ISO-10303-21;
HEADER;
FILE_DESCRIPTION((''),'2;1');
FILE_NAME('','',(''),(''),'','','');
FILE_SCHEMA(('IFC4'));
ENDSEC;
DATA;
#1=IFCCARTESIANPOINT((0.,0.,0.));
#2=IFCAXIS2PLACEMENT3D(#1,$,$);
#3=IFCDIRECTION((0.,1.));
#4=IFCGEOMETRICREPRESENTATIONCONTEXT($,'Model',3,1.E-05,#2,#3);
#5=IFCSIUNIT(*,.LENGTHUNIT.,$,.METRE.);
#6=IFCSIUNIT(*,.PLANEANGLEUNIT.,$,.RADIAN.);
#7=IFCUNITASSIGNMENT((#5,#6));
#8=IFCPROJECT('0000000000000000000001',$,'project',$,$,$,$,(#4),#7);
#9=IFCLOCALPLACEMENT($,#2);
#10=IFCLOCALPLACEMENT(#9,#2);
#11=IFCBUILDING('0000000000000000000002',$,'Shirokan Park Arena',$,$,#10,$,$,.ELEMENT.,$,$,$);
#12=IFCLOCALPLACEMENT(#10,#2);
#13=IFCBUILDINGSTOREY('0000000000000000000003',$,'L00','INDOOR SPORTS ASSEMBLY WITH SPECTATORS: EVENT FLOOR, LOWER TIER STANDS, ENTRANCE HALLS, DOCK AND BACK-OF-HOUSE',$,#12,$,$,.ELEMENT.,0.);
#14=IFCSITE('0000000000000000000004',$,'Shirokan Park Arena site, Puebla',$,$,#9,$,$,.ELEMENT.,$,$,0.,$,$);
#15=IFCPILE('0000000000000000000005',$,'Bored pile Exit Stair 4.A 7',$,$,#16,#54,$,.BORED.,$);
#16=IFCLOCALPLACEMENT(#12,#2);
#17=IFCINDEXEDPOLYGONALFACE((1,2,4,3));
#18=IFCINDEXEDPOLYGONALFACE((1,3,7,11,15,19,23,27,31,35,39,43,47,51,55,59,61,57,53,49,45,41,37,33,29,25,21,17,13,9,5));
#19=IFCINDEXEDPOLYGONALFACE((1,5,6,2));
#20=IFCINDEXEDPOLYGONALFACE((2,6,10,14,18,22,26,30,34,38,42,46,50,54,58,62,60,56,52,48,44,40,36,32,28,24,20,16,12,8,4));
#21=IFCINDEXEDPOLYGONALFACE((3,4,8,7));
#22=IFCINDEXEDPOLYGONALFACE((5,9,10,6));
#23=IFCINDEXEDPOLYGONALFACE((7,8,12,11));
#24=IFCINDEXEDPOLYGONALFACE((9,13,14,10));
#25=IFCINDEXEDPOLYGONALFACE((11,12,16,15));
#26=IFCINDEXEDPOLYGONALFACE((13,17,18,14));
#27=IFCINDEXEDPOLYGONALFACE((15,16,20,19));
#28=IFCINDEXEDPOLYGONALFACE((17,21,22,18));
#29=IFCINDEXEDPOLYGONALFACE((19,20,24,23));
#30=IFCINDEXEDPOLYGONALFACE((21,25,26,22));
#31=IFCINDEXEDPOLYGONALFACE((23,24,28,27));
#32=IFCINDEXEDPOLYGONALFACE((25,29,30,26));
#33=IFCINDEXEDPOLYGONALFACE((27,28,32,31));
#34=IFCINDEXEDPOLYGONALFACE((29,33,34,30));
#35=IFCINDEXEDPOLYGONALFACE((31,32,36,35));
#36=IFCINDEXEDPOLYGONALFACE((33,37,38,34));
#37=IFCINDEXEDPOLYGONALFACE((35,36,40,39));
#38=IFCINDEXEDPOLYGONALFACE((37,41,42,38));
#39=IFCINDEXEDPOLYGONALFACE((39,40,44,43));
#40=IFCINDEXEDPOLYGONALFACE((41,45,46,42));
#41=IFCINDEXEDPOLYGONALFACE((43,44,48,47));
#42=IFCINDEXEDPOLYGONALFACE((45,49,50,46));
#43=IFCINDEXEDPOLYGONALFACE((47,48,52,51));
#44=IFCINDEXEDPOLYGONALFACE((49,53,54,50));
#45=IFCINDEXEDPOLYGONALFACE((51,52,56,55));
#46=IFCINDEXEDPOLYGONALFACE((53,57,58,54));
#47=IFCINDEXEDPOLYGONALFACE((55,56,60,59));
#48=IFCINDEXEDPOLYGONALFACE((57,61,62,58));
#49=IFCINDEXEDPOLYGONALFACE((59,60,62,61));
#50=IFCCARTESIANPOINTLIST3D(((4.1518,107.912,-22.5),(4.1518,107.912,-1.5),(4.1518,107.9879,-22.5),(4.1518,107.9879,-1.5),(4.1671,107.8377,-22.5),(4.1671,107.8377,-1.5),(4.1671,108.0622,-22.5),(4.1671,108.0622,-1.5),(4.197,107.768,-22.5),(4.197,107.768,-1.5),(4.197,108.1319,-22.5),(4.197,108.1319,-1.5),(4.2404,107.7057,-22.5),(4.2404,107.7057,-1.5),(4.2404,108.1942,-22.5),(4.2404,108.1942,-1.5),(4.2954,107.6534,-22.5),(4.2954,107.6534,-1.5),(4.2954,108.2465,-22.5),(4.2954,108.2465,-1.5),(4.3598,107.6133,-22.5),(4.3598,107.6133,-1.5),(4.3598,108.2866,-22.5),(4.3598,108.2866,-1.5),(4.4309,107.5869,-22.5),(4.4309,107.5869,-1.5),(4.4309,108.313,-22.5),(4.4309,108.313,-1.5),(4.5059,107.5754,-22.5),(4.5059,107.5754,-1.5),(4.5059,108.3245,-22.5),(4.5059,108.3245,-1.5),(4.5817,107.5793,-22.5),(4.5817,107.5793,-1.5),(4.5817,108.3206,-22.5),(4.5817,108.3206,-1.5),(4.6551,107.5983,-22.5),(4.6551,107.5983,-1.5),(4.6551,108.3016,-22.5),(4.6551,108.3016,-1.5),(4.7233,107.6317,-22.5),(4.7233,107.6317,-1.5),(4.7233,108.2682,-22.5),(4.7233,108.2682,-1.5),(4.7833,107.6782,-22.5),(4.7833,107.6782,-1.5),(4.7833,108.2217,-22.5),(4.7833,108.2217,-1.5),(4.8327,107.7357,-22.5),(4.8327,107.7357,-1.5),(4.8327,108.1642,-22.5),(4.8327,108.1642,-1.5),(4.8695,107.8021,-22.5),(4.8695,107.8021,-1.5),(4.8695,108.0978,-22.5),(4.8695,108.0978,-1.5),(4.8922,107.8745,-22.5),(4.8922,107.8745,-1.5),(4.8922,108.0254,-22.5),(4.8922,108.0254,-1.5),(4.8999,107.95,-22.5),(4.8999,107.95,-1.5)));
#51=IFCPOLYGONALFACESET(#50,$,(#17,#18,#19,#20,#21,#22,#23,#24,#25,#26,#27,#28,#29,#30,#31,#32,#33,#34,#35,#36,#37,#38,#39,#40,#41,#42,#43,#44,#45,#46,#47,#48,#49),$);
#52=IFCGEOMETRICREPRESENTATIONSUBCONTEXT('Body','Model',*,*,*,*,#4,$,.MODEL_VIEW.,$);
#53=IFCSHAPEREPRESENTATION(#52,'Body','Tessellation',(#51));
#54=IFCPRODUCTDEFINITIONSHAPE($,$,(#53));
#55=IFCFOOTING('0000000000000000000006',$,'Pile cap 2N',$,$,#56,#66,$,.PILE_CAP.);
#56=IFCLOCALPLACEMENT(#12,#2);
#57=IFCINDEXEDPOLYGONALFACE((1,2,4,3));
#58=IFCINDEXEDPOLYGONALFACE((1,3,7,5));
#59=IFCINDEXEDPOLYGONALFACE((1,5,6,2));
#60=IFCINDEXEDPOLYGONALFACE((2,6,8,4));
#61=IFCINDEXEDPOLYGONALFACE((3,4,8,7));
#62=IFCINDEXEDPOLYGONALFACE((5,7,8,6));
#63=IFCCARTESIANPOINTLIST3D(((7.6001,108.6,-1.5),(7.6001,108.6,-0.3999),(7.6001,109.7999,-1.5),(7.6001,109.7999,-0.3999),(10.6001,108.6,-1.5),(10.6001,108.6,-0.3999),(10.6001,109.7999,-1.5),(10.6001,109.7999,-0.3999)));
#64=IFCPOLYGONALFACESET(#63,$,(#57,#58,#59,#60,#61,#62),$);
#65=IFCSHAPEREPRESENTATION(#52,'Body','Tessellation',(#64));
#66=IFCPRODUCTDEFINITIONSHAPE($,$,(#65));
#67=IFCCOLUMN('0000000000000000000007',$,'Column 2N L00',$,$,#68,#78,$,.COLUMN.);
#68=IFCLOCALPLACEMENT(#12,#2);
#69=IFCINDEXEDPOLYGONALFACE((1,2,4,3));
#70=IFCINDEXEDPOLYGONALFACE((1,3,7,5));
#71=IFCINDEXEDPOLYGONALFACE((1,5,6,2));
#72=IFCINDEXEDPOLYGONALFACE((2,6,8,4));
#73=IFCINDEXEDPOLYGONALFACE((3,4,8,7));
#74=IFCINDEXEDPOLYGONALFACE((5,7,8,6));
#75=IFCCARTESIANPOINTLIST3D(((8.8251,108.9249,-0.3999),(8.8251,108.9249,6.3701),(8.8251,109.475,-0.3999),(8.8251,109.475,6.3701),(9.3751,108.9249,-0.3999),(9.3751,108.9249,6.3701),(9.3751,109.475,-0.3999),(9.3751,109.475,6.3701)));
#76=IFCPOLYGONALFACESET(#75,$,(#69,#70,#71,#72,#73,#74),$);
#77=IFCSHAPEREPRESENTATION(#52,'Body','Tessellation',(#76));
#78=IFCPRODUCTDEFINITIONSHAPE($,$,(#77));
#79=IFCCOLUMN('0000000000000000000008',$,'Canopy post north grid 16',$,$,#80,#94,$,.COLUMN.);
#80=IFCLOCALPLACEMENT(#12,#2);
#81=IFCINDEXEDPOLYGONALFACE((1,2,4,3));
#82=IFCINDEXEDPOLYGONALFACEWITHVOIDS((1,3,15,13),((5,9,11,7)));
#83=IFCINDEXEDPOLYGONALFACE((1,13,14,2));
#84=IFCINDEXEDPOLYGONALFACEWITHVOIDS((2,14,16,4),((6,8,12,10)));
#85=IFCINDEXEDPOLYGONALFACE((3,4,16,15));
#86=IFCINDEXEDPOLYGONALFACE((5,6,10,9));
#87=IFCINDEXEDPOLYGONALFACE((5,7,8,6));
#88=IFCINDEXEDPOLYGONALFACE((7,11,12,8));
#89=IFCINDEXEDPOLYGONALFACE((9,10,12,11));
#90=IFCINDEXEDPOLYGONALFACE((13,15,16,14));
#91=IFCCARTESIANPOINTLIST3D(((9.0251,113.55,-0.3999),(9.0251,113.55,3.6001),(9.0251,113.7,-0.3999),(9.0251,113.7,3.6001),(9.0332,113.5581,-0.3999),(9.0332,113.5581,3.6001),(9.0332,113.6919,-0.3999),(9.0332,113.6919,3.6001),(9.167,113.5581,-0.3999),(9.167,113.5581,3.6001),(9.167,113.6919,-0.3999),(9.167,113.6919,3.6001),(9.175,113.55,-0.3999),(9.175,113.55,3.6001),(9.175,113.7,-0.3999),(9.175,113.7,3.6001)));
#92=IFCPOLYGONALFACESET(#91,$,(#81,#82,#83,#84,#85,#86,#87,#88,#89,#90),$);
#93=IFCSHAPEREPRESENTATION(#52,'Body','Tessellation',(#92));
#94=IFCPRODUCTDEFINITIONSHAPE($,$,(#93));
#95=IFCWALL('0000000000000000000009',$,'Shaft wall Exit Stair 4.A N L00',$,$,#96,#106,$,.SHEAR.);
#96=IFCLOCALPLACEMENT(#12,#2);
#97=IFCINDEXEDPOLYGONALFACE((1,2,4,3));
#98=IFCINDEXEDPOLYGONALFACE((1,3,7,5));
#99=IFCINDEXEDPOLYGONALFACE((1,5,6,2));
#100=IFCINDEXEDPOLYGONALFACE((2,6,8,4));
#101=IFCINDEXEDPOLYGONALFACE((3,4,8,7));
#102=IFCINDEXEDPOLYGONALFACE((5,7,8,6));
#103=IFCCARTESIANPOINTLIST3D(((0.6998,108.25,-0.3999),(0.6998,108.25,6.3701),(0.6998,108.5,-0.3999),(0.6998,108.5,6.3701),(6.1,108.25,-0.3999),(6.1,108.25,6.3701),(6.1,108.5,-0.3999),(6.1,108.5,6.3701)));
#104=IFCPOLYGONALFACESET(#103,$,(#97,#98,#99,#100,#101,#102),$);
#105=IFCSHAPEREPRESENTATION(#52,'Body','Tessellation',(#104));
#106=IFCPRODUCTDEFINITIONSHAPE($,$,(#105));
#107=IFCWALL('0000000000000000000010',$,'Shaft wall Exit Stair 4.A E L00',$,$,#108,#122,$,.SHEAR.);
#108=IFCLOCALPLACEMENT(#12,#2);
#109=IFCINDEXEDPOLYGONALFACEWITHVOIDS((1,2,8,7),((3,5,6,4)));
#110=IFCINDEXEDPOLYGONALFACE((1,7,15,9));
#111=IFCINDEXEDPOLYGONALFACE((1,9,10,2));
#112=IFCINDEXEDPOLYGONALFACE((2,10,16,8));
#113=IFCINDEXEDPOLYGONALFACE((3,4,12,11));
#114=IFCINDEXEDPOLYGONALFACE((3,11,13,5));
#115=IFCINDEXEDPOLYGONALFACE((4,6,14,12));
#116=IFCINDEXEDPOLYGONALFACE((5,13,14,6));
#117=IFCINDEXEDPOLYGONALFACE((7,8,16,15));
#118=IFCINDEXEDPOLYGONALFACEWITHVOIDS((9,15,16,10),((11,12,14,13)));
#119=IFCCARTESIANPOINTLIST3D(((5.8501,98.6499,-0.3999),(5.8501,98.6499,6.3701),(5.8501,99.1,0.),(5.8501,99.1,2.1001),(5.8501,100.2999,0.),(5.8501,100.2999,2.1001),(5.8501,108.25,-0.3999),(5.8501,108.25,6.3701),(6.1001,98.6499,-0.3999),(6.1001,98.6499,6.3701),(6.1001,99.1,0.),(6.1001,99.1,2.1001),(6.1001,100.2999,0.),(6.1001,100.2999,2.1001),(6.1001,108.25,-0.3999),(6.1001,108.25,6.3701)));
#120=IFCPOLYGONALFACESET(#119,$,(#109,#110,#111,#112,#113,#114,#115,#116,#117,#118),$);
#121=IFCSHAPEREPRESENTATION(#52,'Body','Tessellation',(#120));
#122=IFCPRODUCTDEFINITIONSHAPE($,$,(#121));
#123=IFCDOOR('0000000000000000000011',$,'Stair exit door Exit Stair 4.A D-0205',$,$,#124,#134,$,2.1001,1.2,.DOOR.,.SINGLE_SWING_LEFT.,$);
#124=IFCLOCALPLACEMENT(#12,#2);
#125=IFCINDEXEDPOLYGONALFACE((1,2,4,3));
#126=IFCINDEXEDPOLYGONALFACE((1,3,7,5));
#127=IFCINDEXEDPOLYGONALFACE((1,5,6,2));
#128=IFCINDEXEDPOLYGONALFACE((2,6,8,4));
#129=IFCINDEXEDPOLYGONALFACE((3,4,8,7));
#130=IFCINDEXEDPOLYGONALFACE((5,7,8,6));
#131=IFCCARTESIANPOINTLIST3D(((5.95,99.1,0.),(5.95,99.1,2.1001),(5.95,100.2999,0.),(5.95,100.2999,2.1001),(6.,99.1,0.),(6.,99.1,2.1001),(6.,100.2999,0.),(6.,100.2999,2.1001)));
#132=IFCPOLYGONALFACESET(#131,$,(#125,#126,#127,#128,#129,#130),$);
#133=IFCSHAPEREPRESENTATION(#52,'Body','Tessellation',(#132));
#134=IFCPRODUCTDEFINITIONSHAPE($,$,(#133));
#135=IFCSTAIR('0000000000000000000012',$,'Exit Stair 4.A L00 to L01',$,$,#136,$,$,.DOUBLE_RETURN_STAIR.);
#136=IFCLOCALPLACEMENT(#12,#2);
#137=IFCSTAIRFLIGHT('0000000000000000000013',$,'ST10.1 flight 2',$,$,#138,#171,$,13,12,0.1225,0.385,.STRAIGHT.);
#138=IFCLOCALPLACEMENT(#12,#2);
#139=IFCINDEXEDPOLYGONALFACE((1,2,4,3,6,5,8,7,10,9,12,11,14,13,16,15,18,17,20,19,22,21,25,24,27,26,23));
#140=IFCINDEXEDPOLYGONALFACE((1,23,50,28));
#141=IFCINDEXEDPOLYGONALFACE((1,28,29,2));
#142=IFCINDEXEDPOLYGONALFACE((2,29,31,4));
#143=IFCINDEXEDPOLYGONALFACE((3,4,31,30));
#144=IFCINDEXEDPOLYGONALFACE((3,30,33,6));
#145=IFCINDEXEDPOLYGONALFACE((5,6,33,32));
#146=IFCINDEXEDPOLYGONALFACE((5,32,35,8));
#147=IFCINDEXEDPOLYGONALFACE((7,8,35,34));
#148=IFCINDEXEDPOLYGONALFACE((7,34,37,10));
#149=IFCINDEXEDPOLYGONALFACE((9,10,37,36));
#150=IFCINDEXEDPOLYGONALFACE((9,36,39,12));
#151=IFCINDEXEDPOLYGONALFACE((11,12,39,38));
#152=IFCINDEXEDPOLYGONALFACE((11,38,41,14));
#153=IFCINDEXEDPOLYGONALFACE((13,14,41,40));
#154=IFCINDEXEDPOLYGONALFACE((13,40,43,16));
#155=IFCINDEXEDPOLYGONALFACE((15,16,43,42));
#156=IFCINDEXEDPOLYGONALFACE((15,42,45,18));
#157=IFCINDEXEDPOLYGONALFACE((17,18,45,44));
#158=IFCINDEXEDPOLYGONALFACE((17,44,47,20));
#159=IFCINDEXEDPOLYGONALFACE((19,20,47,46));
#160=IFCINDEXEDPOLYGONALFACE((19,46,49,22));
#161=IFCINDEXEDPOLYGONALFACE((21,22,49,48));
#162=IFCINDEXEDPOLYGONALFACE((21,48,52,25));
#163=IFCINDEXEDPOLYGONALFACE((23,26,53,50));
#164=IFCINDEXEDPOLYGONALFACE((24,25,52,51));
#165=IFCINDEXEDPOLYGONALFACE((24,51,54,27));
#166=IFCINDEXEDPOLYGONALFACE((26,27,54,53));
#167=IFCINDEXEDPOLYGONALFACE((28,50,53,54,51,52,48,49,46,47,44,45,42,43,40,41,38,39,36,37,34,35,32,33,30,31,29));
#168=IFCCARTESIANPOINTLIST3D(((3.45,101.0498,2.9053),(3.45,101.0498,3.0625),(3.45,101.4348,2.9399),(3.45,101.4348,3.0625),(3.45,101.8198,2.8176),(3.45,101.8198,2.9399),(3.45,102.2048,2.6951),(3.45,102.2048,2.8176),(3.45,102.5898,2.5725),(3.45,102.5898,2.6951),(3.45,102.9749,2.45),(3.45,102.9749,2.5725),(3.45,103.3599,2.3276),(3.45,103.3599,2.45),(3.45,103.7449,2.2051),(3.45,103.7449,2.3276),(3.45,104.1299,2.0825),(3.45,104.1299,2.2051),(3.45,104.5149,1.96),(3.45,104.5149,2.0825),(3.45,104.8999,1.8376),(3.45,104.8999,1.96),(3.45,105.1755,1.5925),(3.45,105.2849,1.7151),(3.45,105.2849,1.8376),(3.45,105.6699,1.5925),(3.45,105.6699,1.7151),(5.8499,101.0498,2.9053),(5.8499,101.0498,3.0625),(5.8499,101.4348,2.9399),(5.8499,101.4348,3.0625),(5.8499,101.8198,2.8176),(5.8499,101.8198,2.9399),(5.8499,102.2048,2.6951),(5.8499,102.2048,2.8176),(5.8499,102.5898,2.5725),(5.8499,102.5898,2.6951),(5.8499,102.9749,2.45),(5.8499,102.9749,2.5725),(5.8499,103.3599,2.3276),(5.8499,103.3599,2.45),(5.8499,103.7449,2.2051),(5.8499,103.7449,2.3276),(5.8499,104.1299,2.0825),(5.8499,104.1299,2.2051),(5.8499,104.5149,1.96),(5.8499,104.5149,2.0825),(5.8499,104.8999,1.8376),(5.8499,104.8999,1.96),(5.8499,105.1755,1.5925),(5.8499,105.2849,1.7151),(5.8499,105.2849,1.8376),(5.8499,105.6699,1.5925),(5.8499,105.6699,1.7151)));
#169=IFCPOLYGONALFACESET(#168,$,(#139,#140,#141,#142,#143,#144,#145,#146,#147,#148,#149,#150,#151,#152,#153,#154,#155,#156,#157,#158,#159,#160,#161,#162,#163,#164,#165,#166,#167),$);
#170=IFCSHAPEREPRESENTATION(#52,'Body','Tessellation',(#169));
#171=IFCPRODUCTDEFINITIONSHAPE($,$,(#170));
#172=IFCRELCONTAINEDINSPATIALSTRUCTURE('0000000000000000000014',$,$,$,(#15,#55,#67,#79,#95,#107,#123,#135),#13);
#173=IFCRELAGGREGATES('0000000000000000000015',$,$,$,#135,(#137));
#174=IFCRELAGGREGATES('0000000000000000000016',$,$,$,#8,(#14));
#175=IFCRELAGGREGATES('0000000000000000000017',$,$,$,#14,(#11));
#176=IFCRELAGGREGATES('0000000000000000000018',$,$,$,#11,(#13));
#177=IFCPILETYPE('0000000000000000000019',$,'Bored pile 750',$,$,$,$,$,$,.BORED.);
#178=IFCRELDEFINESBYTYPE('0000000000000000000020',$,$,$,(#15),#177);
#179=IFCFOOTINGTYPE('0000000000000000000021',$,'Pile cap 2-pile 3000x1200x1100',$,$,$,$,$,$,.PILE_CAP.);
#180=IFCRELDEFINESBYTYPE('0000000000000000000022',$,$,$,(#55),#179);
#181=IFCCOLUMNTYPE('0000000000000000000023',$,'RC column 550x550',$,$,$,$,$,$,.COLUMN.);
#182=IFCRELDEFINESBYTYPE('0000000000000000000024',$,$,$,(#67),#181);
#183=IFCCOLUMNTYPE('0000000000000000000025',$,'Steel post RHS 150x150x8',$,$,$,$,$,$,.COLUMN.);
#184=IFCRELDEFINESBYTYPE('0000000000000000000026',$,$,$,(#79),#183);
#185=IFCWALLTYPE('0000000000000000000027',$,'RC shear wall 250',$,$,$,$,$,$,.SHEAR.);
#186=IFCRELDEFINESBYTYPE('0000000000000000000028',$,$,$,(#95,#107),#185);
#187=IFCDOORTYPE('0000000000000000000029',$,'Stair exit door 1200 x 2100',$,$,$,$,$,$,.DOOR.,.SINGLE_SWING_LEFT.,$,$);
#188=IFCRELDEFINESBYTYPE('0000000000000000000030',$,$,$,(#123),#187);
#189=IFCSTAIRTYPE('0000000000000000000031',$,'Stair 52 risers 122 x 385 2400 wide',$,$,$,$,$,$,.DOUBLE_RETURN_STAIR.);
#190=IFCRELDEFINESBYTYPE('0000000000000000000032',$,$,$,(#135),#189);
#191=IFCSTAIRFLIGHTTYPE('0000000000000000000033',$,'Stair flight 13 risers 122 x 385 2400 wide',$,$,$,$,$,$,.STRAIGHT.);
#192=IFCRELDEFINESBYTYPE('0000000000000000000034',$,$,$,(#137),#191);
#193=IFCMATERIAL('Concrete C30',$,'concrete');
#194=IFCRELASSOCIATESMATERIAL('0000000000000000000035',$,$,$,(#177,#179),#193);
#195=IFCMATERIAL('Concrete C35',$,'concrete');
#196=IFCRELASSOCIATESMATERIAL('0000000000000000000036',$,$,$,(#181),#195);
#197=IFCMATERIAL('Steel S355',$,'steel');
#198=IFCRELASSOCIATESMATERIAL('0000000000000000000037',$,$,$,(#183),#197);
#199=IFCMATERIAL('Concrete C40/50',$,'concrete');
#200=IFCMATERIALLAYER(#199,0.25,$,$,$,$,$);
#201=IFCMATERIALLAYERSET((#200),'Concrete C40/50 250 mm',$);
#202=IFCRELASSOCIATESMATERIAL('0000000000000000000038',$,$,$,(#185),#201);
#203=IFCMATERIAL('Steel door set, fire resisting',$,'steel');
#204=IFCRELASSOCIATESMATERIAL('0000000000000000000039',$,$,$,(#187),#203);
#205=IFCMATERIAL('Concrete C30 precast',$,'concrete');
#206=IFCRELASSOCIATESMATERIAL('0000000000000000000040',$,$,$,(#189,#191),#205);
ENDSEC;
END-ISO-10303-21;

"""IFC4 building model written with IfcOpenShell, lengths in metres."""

from ifc_helpers import new_model, si_unit, direction, frame, frame_2d, origin, origin_2d, place, context, subcontext, project, spatial, polyline, rectangle, hollow_rectangle, circle, outline, extrude, material, layer, layer_set, material_profile, profile_set, type_object, element, fill, aggregate, save


model = new_model("IFC4")

# Units and contexts
model_context = context("Model", 3, precision=1e-05, world=origin(), true_north=direction((0.0, 1.0)))
body_context = subcontext(model_context, "Body", "Model", "MODEL_VIEW")
ifc_project = project(units=[si_unit("LENGTHUNIT", "METRE"), si_unit("PLANEANGLEUNIT", "RADIAN")], contexts=[model_context])

# Site, building, storey
site_placement = place(None, origin())
site = spatial("IfcSite", under=ifc_project, at=site_placement, Name="Shirokan Park Arena site, Puebla", CompositionType="ELEMENT", RefElevation=0.0)
building_placement = place(site_placement, origin())
building = spatial("IfcBuilding", under=site, at=building_placement, Name="Shirokan Park Arena", CompositionType="ELEMENT")
storey_placement = place(building_placement, origin())
storey = spatial("IfcBuildingStorey", under=building, at=storey_placement, Name="L00", Description="INDOOR SPORTS ASSEMBLY WITH SPECTATORS: EVENT FLOOR, LOWER TIER STANDS, ENTRANCE HALLS, DOCK AND BACK-OF-HOUSE", CompositionType="ELEMENT", Elevation=0.0)

# Pile
ifc_material_1 = material(Name="Concrete C30", Category="concrete")
ifc_material_profile_1 = material_profile(ifc_material_1, circle(Radius=0.375, at=origin_2d()), Name="D750")
ifc_profile_set_1 = profile_set([ifc_material_profile_1], Name="Concrete C30")
pile_type_1 = type_object("IfcPileType", Name="Bored pile 750", PredefinedType="BORED", material=ifc_profile_set_1)
for number, where, z_axis, x_axis, name in (
    (1, (4.5249, 107.95, -1.5), (0.0, 0.0, -1.0), (1.0, 0.0, 0.0), "Bored pile Exit Stair 4.A 7"),
):
    element("IfcPile", number, at=place(storey_placement, frame(where, z_axis=z_axis, x_axis=x_axis)), inside=storey, type_object=pile_type_1, Name=name, PredefinedType="BORED", context=body_context, shape_type="SweptSolid", body=[
        extrude(circle(Radius=0.375, at=origin_2d()), origin(), (0.0, 0.0, 1.0), 21.0),
    ])

# Footing
footing_type = type_object("IfcFootingType", Name="Pile cap 2-pile 3000x1200x1100", PredefinedType="PILE_CAP", material=ifc_material_1)
footing_placement = place(storey_placement, frame((9.1001, 109.2, -1.5), z_axis=(0.0, 0.0, 1.0), x_axis=(1.0, 0.0, 0.0)))
element("IfcFooting", 2, at=footing_placement, inside=storey, type_object=footing_type, Name="Pile cap 2N", PredefinedType="PILE_CAP", context=body_context, shape_type="SweptSolid", body=[
    extrude(rectangle(XDim=3.0, YDim=1.2, at=origin_2d()), origin(), (0.0, 0.0, 1.0), 1.1001),
])

# Columns
ifc_material_2 = material(Name="Concrete C35", Category="concrete")
ifc_material_profile_2 = material_profile(ifc_material_2, rectangle(XDim=0.55, YDim=0.55, at=origin_2d()), Name="550x550")
ifc_profile_set_2 = profile_set([ifc_material_profile_2], Name="Concrete C35")
column_type_1 = type_object("IfcColumnType", Name="RC column 550x550", PredefinedType="COLUMN", material=ifc_profile_set_2)
column_1_placement = place(storey_placement, frame((9.1001, 109.2, -0.3999), z_axis=(0.0, 0.0, 1.0), x_axis=(1.0, 0.0, 0.0)))
element("IfcColumn", 3, at=column_1_placement, inside=storey, type_object=column_type_1, Name="Column 2N L00", PredefinedType="COLUMN", context=body_context, shape_type="SweptSolid", body=[
    extrude(rectangle(XDim=0.55, YDim=0.55, at=origin_2d()), origin(), (0.0, 0.0, 1.0), 6.77),
])
ifc_material_3 = material(Name="Steel S355", Category="steel")
ifc_material_profile_3 = material_profile(ifc_material_3, hollow_rectangle(XDim=0.1499, YDim=0.1499, WallThickness=0.0081, at=origin_2d()), Name="RHS 150x150x8")
ifc_profile_set_3 = profile_set([ifc_material_profile_3], Name="Steel S355")
column_type_2 = type_object("IfcColumnType", Name="Steel post RHS 150x150x8", PredefinedType="COLUMN", material=ifc_profile_set_3)
column_2_placement = place(storey_placement, frame((9.1001, 113.625, -0.3999), z_axis=(0.0, 0.0, 1.0), x_axis=(1.0, 0.0, 0.0)))
element("IfcColumn", 4, at=column_2_placement, inside=storey, type_object=column_type_2, Name="Canopy post north grid 16", PredefinedType="COLUMN", context=body_context, shape_type="SweptSolid", body=[
    extrude(hollow_rectangle(XDim=0.1499, YDim=0.1499, WallThickness=0.0081, at=origin_2d()), origin(), (0.0, 0.0, 1.0), 4.0),
])

# Wall
ifc_material_4 = material(Name="Concrete C40/50", Category="concrete")
ifc_layer_1 = layer(ifc_material_4, 0.25)
ifc_layer_set_1 = layer_set([ifc_layer_1], Name="Concrete C40/50 250 mm")
wall_type_1 = type_object("IfcWallType", Name="RC shear wall 250", PredefinedType="SHEAR", material=ifc_layer_set_1)
wall_1_placement = place(storey_placement, frame((6.1001, 108.375, -0.3999), z_axis=(0.0, 0.0, 1.0), x_axis=(-1.0, 0.0, 0.0)))
element("IfcWall", 5, at=wall_1_placement, inside=storey, type_object=wall_type_1, Name="Shaft wall Exit Stair 4.A N L00", PredefinedType="SHEAR", context=body_context, shape_type="SweptSolid", body=[
    extrude(rectangle(XDim=5.4001, YDim=0.25, at=frame_2d((2.7002, 0.0))), origin(), (0.0, 0.0, 1.0), 6.77),
])

# Wall, opening, door
wall_2_placement = place(storey_placement, frame((5.9751, 108.25, -0.3999), z_axis=(0.0, 0.0, 1.0), x_axis=(0.0, -1.0, 0.0)))
wall_2 = element("IfcWall", 6, at=wall_2_placement, inside=storey, type_object=wall_type_1, Name="Shaft wall Exit Stair 4.A E L00", PredefinedType="SHEAR", context=body_context, shape_type="SweptSolid", body=[
    extrude(rectangle(XDim=9.6001, YDim=0.25, at=frame_2d((4.8, 0.0))), origin(), (0.0, 0.0, 1.0), 6.77),
])
opening_1_placement = place(wall_2_placement, frame((7.95, 0.0, 0.3999)))
opening_1 = element("IfcOpeningElement", 7, at=opening_1_placement, cuts=wall_2, PredefinedType="OPENING", context=body_context, shape_type="SweptSolid", body=[
    extrude(rectangle(XDim=1.2, YDim=2.1001, at=frame_2d((0.6001, 1.05))), frame((0.0, 0.135, 0.0), z_axis=(0.0, -1.0, 0.0), x_axis=(1.0, 0.0, 0.0)), (0.0, 0.0, 1.0), 0.27),
])
ifc_material_5 = material(Name="Steel door set, fire resisting", Category="steel")
door_type_1 = type_object("IfcDoorType", Name="Stair exit door 1200 x 2100", OperationType="SINGLE_SWING_LEFT", PredefinedType="DOOR", material=ifc_material_5)
door_1_placement = place(opening_1_placement, origin())
door_1 = element("IfcDoor", 8, at=door_1_placement, inside=storey, type_object=door_type_1, Name="Stair exit door Exit Stair 4.A D-0205", OperationType="SINGLE_SWING_LEFT", OverallHeight=2.1001, OverallWidth=1.2, PredefinedType="DOOR", context=body_context, shape_type="SweptSolid", body=[
    extrude(rectangle(XDim=1.2, YDim=2.1001, at=frame_2d((0.6001, 1.05))), frame((0.0, 0.0249, 0.0), z_axis=(0.0, -1.0, 0.0), x_axis=(1.0, 0.0, 0.0)), (0.0, 0.0, 1.0), 0.05),
])
fill(opening_1, door_1)

# Stair, stair flight
ifc_material_6 = material(Name="Concrete C30 precast", Category="concrete")
stair_type = type_object("IfcStairType", Name="Stair 52 risers 122 x 385 2400 wide", PredefinedType="DOUBLE_RETURN_STAIR", material=ifc_material_6)
stair_placement = place(storey_placement, origin())
stair = element("IfcStair", 9, at=stair_placement, inside=storey, type_object=stair_type, Name="Exit Stair 4.A L00 to L01", PredefinedType="DOUBLE_RETURN_STAIR")
stair_flight_type = type_object("IfcStairFlightType", Name="Stair flight 13 risers 122 x 385 2400 wide", PredefinedType="STRAIGHT", material=ifc_material_6)
stair_flight_1_placement = place(storey_placement, frame((4.6499, 105.6699, 1.5925), z_axis=(0.0, 0.0, 1.0), x_axis=(0.0, -1.0, 0.0)))
stair_flight_1 = element("IfcStairFlight", 10, at=stair_flight_1_placement, type_object=stair_flight_type, Name="ST10.1 flight 2", NumberOfRisers=13, NumberOfTreads=12, PredefinedType="STRAIGHT", RiserHeight=0.1225, TreadLength=0.385, context=body_context, shape_type="SweptSolid", body=[
    extrude(outline(polyline([(0.0, 0.0), (0.0, 0.1226), (0.385, 0.1226), (0.385, 0.2451), (0.77, 0.2451), (0.77, 0.3674), (1.155, 0.3674), (1.155, 0.49), (1.54, 0.49), (1.54, 0.6125), (1.925, 0.6125), (1.925, 0.7351), (2.3101, 0.7351), (2.3101, 0.8574), (2.6951, 0.8574), (2.6951, 0.98), (3.0801, 0.98), (3.0801, 1.1025), (3.4651, 1.1025), (3.4651, 1.2251), (3.8501, 1.2251), (3.8501, 1.3474), (4.2351, 1.3474), (4.2351, 1.47), (4.6201, 1.47), (4.6201, 1.5925), (4.6201, 1.3127), (0.4944, 0.0), (0.0, 0.0)])), frame((0.0, 1.2, 0.0), z_axis=(0.0, -1.0, 0.0), x_axis=(1.0, 0.0, 0.0)), (0.0, 0.0, 1.0), 2.3999),
])
aggregate(stair, [stair_flight_1])

save(model, "model.ifc")
